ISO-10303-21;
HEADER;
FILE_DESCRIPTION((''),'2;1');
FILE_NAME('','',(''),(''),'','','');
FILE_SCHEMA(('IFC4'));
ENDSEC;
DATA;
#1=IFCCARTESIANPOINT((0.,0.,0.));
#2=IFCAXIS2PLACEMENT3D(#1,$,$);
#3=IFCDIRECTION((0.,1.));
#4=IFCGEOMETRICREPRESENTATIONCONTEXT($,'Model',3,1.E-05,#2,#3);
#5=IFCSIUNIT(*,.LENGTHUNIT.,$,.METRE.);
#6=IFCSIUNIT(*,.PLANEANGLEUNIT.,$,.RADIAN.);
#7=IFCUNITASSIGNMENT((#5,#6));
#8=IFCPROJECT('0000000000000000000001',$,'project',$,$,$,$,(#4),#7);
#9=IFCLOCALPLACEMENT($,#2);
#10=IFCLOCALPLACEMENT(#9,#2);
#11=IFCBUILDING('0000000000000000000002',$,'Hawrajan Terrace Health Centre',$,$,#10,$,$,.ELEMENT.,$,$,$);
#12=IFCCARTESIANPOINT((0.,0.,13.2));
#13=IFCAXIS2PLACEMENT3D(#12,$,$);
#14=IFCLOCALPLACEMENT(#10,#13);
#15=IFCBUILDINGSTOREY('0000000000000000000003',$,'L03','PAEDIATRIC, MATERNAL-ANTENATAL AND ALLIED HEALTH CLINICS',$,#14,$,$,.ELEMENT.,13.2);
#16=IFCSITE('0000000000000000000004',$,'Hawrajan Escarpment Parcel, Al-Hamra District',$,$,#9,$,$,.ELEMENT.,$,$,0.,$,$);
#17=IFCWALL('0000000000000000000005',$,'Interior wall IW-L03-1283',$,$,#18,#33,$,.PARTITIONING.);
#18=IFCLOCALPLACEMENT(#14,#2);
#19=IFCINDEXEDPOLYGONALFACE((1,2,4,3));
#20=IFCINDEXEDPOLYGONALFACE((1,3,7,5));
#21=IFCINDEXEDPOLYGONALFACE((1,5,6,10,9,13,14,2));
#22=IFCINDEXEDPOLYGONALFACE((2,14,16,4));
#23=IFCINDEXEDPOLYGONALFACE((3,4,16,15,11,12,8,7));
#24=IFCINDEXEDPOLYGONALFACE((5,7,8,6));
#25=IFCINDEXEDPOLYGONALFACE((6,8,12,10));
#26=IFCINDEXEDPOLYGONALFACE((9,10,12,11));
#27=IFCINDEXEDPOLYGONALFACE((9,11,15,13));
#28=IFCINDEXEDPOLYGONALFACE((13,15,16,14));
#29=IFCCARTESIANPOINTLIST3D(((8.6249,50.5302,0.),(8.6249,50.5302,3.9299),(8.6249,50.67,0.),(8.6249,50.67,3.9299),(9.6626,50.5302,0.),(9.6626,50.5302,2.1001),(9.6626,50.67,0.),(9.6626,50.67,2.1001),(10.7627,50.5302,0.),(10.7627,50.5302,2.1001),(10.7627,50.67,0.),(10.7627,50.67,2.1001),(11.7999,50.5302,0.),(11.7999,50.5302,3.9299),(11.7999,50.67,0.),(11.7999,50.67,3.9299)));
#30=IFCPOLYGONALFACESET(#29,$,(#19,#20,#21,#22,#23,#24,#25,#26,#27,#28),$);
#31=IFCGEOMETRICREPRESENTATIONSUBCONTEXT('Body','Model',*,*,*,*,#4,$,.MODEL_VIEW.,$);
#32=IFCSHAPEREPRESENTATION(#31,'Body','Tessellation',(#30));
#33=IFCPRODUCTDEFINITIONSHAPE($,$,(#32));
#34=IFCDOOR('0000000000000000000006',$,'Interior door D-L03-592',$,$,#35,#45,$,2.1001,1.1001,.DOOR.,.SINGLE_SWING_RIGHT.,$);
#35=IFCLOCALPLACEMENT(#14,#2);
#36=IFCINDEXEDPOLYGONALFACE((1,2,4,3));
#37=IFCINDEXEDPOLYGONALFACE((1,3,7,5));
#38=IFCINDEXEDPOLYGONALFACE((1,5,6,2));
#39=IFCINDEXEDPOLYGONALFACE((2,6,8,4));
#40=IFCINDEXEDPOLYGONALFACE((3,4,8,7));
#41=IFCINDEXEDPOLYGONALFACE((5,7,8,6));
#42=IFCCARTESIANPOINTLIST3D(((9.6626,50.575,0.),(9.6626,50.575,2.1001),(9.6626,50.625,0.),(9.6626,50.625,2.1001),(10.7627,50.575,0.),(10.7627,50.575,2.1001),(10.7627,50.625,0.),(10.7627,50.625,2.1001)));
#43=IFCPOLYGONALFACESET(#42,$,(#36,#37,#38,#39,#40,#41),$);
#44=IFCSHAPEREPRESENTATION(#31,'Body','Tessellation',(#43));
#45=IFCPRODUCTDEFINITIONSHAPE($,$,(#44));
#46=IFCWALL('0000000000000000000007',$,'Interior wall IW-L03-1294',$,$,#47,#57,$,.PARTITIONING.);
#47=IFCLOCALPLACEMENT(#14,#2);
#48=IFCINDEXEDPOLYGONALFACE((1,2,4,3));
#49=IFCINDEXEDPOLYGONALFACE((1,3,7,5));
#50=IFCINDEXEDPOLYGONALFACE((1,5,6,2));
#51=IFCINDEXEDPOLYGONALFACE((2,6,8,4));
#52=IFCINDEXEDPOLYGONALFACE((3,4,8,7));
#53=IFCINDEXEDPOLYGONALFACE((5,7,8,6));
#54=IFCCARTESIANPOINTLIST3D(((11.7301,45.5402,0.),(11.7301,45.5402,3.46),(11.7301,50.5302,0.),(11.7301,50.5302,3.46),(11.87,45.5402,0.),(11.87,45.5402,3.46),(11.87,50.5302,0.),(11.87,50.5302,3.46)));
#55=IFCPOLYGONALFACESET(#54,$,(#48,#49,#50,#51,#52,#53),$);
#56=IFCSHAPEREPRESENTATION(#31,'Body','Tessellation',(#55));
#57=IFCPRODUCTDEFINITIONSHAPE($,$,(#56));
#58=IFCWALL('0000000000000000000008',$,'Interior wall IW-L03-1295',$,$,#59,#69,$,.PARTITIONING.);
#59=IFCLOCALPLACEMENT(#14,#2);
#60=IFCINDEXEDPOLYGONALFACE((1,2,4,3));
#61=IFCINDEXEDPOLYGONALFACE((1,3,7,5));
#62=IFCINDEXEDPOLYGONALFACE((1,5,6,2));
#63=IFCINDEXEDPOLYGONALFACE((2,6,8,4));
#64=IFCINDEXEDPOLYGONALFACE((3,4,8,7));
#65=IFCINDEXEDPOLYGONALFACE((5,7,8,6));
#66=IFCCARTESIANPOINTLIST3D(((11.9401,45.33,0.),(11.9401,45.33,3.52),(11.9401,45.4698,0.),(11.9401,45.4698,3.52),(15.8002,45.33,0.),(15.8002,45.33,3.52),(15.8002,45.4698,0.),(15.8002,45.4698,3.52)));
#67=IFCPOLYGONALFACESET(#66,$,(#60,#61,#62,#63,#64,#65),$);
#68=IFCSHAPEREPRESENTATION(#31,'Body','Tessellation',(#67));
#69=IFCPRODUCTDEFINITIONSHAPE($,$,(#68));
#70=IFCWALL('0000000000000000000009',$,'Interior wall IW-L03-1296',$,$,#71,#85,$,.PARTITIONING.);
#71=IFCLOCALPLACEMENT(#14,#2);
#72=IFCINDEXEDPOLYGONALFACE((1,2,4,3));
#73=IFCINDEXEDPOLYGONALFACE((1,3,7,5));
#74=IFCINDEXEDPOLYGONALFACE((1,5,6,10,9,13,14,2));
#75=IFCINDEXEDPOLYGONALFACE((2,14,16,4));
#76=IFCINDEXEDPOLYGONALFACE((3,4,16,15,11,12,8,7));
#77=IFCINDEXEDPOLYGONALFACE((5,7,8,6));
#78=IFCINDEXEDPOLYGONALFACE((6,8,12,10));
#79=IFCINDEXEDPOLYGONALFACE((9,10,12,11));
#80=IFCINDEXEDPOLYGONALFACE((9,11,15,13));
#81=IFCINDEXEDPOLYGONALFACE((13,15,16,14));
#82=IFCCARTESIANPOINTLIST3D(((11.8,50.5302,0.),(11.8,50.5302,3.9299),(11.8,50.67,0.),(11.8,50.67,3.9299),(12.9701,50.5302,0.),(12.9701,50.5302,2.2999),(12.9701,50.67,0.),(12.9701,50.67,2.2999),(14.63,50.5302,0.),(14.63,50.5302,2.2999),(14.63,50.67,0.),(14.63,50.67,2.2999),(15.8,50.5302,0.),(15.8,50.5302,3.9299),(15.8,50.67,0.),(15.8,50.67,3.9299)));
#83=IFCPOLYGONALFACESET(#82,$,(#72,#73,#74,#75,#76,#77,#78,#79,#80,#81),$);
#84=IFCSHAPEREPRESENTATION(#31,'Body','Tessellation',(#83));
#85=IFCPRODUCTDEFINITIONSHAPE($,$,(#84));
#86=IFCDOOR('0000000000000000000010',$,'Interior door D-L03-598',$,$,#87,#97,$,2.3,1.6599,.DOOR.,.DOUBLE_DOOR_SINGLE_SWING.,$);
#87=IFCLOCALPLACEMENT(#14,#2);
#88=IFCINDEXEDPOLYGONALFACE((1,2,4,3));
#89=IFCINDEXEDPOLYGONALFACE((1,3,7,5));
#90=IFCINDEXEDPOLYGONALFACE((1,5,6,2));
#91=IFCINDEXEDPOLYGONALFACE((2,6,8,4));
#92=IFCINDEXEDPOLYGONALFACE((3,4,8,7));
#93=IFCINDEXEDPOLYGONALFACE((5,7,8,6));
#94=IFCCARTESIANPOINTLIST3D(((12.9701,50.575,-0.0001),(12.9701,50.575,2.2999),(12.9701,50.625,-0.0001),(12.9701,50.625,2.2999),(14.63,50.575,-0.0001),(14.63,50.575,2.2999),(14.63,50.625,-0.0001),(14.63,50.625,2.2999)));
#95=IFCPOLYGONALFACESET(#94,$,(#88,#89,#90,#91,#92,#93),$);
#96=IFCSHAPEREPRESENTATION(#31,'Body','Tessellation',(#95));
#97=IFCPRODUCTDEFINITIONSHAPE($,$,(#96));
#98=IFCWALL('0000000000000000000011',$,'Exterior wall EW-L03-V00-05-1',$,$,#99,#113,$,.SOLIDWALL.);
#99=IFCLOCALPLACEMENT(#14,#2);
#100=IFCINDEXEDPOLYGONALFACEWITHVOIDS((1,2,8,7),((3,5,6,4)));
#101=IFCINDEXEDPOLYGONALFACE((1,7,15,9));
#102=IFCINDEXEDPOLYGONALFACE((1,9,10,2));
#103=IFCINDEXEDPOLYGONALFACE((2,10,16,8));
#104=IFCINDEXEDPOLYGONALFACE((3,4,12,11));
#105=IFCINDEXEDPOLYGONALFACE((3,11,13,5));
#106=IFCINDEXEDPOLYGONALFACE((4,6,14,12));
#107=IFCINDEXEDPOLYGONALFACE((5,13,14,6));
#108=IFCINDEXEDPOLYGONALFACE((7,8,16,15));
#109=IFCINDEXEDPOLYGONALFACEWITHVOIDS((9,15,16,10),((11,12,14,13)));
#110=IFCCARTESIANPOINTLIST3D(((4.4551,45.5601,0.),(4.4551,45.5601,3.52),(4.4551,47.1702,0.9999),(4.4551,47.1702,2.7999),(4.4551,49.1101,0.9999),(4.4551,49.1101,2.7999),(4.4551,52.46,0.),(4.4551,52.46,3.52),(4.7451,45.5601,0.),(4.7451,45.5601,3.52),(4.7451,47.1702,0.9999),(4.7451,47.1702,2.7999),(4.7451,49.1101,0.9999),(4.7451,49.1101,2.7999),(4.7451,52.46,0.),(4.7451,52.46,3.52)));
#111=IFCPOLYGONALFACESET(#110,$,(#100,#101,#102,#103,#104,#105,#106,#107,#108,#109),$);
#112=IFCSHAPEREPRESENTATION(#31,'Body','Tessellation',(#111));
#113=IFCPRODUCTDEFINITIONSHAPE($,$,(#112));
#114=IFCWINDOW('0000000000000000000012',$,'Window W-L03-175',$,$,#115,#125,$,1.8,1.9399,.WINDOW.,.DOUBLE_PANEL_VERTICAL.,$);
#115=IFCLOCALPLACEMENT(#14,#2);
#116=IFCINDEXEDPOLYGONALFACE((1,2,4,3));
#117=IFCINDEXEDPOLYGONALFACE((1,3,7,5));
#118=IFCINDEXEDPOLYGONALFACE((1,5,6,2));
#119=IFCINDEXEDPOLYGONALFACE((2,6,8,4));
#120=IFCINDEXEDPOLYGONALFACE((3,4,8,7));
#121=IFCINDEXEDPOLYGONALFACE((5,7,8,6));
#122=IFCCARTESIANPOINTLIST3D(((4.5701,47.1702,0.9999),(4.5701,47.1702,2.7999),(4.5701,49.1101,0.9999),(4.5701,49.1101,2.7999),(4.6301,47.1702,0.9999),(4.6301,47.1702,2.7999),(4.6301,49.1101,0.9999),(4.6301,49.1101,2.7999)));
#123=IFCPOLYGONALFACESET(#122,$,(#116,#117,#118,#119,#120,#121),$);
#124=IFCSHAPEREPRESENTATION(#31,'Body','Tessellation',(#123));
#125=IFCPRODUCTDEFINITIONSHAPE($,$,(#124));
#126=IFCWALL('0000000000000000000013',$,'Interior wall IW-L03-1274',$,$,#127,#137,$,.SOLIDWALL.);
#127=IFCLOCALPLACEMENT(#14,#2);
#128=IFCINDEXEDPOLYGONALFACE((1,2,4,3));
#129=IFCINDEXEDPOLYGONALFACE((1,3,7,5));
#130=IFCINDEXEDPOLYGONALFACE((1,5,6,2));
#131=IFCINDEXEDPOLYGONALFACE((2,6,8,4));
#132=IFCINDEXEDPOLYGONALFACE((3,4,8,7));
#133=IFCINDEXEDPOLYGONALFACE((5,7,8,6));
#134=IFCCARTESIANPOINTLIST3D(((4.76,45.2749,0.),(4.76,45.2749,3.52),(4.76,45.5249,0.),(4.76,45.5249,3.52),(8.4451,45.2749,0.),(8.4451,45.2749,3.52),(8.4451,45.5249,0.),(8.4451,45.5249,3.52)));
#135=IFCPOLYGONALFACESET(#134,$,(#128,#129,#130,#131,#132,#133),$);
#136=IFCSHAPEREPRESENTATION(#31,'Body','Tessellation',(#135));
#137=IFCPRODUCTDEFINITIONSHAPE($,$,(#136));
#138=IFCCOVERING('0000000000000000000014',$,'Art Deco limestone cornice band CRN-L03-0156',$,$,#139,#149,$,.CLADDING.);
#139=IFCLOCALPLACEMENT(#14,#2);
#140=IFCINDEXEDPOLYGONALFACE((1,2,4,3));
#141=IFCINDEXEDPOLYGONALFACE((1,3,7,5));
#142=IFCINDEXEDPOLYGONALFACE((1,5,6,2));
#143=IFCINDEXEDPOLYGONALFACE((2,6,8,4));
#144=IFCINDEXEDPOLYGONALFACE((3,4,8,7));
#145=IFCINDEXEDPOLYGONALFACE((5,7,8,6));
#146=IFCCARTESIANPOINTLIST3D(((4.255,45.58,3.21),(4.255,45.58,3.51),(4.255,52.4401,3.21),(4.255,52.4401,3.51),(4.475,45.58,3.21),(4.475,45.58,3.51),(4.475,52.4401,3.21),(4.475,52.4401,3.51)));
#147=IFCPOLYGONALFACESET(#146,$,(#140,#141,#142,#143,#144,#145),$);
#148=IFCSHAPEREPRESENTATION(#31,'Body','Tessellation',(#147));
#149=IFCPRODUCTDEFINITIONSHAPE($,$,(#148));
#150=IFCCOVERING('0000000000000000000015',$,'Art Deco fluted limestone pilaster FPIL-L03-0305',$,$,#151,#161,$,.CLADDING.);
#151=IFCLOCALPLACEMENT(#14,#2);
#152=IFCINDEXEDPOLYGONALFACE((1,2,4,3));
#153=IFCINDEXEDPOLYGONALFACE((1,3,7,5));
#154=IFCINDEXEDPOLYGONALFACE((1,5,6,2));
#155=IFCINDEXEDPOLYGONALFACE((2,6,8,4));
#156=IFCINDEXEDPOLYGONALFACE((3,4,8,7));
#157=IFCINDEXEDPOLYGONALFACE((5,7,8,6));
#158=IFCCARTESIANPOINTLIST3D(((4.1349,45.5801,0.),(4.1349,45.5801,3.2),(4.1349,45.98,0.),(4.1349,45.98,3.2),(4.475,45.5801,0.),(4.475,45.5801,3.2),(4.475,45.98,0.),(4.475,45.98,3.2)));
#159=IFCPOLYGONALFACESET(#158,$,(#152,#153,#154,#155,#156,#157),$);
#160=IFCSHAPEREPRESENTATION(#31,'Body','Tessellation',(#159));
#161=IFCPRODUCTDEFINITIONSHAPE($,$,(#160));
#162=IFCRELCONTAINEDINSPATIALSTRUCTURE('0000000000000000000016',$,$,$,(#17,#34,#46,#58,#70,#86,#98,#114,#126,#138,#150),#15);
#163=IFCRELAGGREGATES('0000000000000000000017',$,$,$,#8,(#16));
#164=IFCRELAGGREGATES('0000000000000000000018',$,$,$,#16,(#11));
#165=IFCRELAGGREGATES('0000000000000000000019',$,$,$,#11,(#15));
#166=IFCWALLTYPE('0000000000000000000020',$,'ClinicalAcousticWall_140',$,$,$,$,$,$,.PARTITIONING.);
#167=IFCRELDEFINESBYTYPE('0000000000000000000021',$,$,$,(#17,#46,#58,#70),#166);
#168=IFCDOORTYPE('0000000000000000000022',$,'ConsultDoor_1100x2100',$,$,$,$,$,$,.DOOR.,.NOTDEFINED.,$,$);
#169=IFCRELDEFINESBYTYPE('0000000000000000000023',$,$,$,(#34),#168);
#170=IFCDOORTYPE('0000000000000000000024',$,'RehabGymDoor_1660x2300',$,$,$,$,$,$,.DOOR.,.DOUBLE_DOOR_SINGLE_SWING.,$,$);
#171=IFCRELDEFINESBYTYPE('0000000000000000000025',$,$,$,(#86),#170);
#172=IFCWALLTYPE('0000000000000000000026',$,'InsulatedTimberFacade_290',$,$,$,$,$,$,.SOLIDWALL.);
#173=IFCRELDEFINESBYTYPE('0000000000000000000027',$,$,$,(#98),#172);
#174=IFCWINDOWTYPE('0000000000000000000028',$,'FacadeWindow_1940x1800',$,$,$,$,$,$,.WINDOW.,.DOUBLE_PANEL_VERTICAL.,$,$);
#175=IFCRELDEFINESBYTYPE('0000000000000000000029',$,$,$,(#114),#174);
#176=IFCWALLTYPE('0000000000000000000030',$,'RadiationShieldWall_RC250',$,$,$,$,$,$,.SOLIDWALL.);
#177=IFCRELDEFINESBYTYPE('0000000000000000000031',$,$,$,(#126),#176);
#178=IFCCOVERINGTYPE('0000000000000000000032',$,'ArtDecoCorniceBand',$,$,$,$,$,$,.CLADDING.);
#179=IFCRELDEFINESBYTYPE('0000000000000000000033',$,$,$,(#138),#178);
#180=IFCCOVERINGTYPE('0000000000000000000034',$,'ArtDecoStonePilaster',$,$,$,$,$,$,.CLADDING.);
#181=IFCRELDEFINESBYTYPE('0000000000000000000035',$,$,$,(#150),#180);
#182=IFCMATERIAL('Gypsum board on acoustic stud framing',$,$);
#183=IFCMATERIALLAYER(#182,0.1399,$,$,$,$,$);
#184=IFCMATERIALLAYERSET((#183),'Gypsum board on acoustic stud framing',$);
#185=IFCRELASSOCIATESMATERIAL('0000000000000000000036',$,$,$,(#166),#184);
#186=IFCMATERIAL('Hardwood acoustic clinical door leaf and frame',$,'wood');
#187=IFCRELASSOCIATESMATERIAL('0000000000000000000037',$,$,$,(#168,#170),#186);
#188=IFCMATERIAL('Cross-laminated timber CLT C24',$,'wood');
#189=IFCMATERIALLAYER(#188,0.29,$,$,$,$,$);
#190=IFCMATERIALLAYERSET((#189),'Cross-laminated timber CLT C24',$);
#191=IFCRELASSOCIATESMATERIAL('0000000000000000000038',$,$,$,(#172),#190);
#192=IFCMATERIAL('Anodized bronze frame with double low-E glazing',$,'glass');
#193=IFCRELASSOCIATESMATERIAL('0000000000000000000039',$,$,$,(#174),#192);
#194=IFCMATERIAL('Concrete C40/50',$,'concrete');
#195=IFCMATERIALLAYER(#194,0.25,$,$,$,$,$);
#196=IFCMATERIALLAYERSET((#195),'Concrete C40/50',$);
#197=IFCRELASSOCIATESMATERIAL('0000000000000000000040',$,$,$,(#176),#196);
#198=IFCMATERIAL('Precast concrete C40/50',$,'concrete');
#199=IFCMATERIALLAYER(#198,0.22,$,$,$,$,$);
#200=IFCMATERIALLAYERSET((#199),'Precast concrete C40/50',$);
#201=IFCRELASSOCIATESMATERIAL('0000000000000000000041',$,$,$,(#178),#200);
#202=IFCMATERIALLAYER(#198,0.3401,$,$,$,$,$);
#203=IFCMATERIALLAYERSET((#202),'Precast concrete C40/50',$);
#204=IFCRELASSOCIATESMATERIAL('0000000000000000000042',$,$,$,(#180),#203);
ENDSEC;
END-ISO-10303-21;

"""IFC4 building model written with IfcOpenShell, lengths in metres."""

from ifc_helpers import new_model, si_unit, direction, frame, frame_2d, origin, origin_2d, place, context, subcontext, project, spatial, rectangle, extrude, material, layer, layer_set, type_object, element, fill, save


model = new_model("IFC4")

# Units and contexts
model_context = context("Model", 3, precision=1e-05, world=origin(), true_north=direction((0.0, 1.0)))
body_context = subcontext(model_context, "Body", "Model", "MODEL_VIEW")
ifc_project = project(units=[si_unit("LENGTHUNIT", "METRE"), si_unit("PLANEANGLEUNIT", "RADIAN")], contexts=[model_context])

# Site, building, storey
site_placement = place(None, origin())
site = spatial("IfcSite", under=ifc_project, at=site_placement, Name="Hawrajan Escarpment Parcel, Al-Hamra District", CompositionType="ELEMENT", RefElevation=0.0)
building_placement = place(site_placement, origin())
building = spatial("IfcBuilding", under=site, at=building_placement, Name="Hawrajan Terrace Health Centre", CompositionType="ELEMENT")
storey_placement = place(building_placement, frame((0.0, 0.0, 13.2)))
storey = spatial("IfcBuildingStorey", under=building, at=storey_placement, Name="L03", Description="PAEDIATRIC, MATERNAL-ANTENATAL AND ALLIED HEALTH CLINICS", CompositionType="ELEMENT", Elevation=13.2)

# Shared definitions
ifc_material_1 = material(Name="Gypsum board on acoustic stud framing")
ifc_layer_1 = layer(ifc_material_1, 0.1399)
ifc_layer_set_1 = layer_set([ifc_layer_1], Name="Gypsum board on acoustic stud framing")
wall_type_1 = type_object("IfcWallType", Name="ClinicalAcousticWall_140", PredefinedType="PARTITIONING", material=ifc_layer_set_1)
ifc_material_2 = material(Name="Hardwood acoustic clinical door leaf and frame", Category="wood")

# Wall, opening, door
wall_1_placement = place(storey_placement, frame((8.625, 50.6001, 0.0), z_axis=(0.0, 0.0, 1.0), x_axis=(1.0, 0.0, 0.0)))
wall_1 = element("IfcWall", 1, at=wall_1_placement, inside=storey, type_object=wall_type_1, Name="Interior wall IW-L03-1283", PredefinedType="PARTITIONING", context=body_context, shape_type="SweptSolid", body=[
    extrude(rectangle(XDim=3.175, YDim=0.1399, at=frame_2d((1.5874, 0.0))), origin(), (0.0, 0.0, 1.0), 3.9299),
])
opening_1_placement = place(wall_1_placement, frame((1.0376, 0.0, 0.0)))
opening_1 = element("IfcOpeningElement", 2, at=opening_1_placement, cuts=wall_1, PredefinedType="OPENING", context=body_context, shape_type="SweptSolid", body=[
    extrude(rectangle(XDim=1.1001, YDim=2.1001, at=frame_2d((0.55, 1.05))), frame((0.0, 0.0798, 0.0), z_axis=(0.0, -1.0, 0.0), x_axis=(1.0, 0.0, 0.0)), (0.0, 0.0, 1.0), 0.1599),
])
door_type_1 = type_object("IfcDoorType", Name="ConsultDoor_1100x2100", OperationType="NOTDEFINED", PredefinedType="DOOR", material=ifc_material_2)
door_1_placement = place(opening_1_placement, origin())
door_1 = element("IfcDoor", 3, at=door_1_placement, inside=storey, type_object=door_type_1, Name="Interior door D-L03-592", OperationType="SINGLE_SWING_RIGHT", OverallHeight=2.1001, OverallWidth=1.1001, PredefinedType="DOOR", context=body_context, shape_type="SweptSolid", body=[
    extrude(rectangle(XDim=1.1001, YDim=2.1001, at=frame_2d((0.55, 1.05))), frame((0.0, 0.0249, 0.0), z_axis=(0.0, -1.0, 0.0), x_axis=(1.0, 0.0, 0.0)), (0.0, 0.0, 1.0), 0.05),
])
fill(opening_1, door_1)

# Walls
wall_2_placement = place(storey_placement, frame((11.8, 45.54, 0.0), z_axis=(0.0, 0.0, 1.0), x_axis=(0.0, 1.0, 0.0)))
element("IfcWall", 4, at=wall_2_placement, inside=storey, type_object=wall_type_1, Name="Interior wall IW-L03-1294", PredefinedType="PARTITIONING", context=body_context, shape_type="SweptSolid", body=[
    extrude(rectangle(XDim=4.99, YDim=0.1399, at=frame_2d((2.4951, 0.0))), origin(), (0.0, 0.0, 1.0), 3.46),
])
wall_3_placement = place(storey_placement, frame((11.9399, 45.3999, 0.0), z_axis=(0.0, 0.0, 1.0), x_axis=(1.0, 0.0, 0.0)))
element("IfcWall", 5, at=wall_3_placement, inside=storey, type_object=wall_type_1, Name="Interior wall IW-L03-1295", PredefinedType="PARTITIONING", context=body_context, shape_type="SweptSolid", body=[
    extrude(rectangle(XDim=3.8601, YDim=0.1399, at=frame_2d((1.9302, 0.0))), origin(), (0.0, 0.0, 1.0), 3.52),
])

# Wall, opening, door
wall_4_placement = place(storey_placement, frame((11.8, 50.6001, 0.0), z_axis=(0.0, 0.0, 1.0), x_axis=(1.0, 0.0, 0.0)))
wall_4 = element("IfcWall", 6, at=wall_4_placement, inside=storey, type_object=wall_type_1, Name="Interior wall IW-L03-1296", PredefinedType="PARTITIONING", context=body_context, shape_type="SweptSolid", body=[
    extrude(rectangle(XDim=4.0, YDim=0.1399, at=frame_2d((2.0, 0.0))), origin(), (0.0, 0.0, 1.0), 3.9299),
])
opening_2_placement = place(wall_4_placement, frame((1.1699, 0.0, 0.0)))
opening_2 = element("IfcOpeningElement", 7, at=opening_2_placement, cuts=wall_4, PredefinedType="OPENING", context=body_context, shape_type="SweptSolid", body=[
    extrude(rectangle(XDim=1.6599, YDim=2.3, at=frame_2d((0.8301, 1.1499))), frame((0.0, 0.0798, 0.0), z_axis=(0.0, -1.0, 0.0), x_axis=(1.0, 0.0, 0.0)), (0.0, 0.0, 1.0), 0.1599),
])
door_type_2 = type_object("IfcDoorType", Name="RehabGymDoor_1660x2300", OperationType="DOUBLE_DOOR_SINGLE_SWING", PredefinedType="DOOR", material=ifc_material_2)
door_2_placement = place(opening_2_placement, origin())
door_2 = element("IfcDoor", 8, at=door_2_placement, inside=storey, type_object=door_type_2, Name="Interior door D-L03-598", OperationType="DOUBLE_DOOR_SINGLE_SWING", OverallHeight=2.3, OverallWidth=1.6599, PredefinedType="DOOR", context=body_context, shape_type="SweptSolid", body=[
    extrude(rectangle(XDim=1.6599, YDim=2.3, at=frame_2d((0.8301, 1.1499))), frame((0.0, 0.0249, 0.0), z_axis=(0.0, -1.0, 0.0), x_axis=(1.0, 0.0, 0.0)), (0.0, 0.0, 1.0), 0.05),
])
fill(opening_2, door_2)

# Wall, opening, window
ifc_material_3 = material(Name="Cross-laminated timber CLT C24", Category="wood")
ifc_layer_2 = layer(ifc_material_3, 0.29)
ifc_layer_set_2 = layer_set([ifc_layer_2], Name="Cross-laminated timber CLT C24")
wall_type_2 = type_object("IfcWallType", Name="InsulatedTimberFacade_290", PredefinedType="SOLIDWALL", material=ifc_layer_set_2)
wall_5_placement = place(storey_placement, frame((4.6001, 45.5601, 0.0), z_axis=(0.0, 0.0, 1.0), x_axis=(0.0, 1.0, 0.0)))
wall_5 = element("IfcWall", 9, at=wall_5_placement, inside=storey, type_object=wall_type_2, Name="Exterior wall EW-L03-V00-05-1", PredefinedType="SOLIDWALL", context=body_context, shape_type="SweptSolid", body=[
    extrude(rectangle(XDim=6.8999, YDim=0.29, at=frame_2d((3.45, 0.0))), origin(), (0.0, 0.0, 1.0), 3.52),
])
opening_3_placement = place(wall_5_placement, frame((1.6101, 0.0, 1.0)))
opening_3 = element("IfcOpeningElement", 10, at=opening_3_placement, cuts=wall_5, PredefinedType="OPENING", context=body_context, shape_type="SweptSolid", body=[
    extrude(rectangle(XDim=1.9399, YDim=1.8, at=frame_2d((0.97, 0.8999))), frame((0.0, 0.155, 0.0), z_axis=(0.0, -1.0, 0.0), x_axis=(1.0, 0.0, 0.0)), (0.0, 0.0, 1.0), 0.3101),
])
ifc_material_4 = material(Name="Anodized bronze frame with double low-E glazing", Category="glass")
window_type = type_object("IfcWindowType", Name="FacadeWindow_1940x1800", PartitioningType="DOUBLE_PANEL_VERTICAL", PredefinedType="WINDOW", material=ifc_material_4)
window_placement = place(opening_3_placement, origin())
window = element("IfcWindow", 11, at=window_placement, inside=storey, type_object=window_type, Name="Window W-L03-175", OverallHeight=1.8, OverallWidth=1.9399, PartitioningType="DOUBLE_PANEL_VERTICAL", PredefinedType="WINDOW", context=body_context, shape_type="SweptSolid", body=[
    extrude(rectangle(XDim=1.9399, YDim=1.8, at=frame_2d((0.97, 0.8999))), frame((0.0, 0.03, 0.0), z_axis=(0.0, -1.0, 0.0), x_axis=(1.0, 0.0, 0.0)), (0.0, 0.0, 1.0), 0.0601),
])
fill(opening_3, window)

# Wall
ifc_material_5 = material(Name="Concrete C40/50", Category="concrete")
ifc_layer_3 = layer(ifc_material_5, 0.25)
ifc_layer_set_3 = layer_set([ifc_layer_3], Name="Concrete C40/50")
wall_type_3 = type_object("IfcWallType", Name="RadiationShieldWall_RC250", PredefinedType="SOLIDWALL", material=ifc_layer_set_3)
wall_6_placement = place(storey_placement, frame((4.76, 45.3999, 0.0), z_axis=(0.0, 0.0, 1.0), x_axis=(1.0, 0.0, 0.0)))
element("IfcWall", 12, at=wall_6_placement, inside=storey, type_object=wall_type_3, Name="Interior wall IW-L03-1274", PredefinedType="SOLIDWALL", context=body_context, shape_type="SweptSolid", body=[
    extrude(rectangle(XDim=3.6851, YDim=0.25, at=frame_2d((1.8425, 0.0))), origin(), (0.0, 0.0, 1.0), 3.52),
])

# Coverings
ifc_material_6 = material(Name="Precast concrete C40/50", Category="concrete")
ifc_layer_4 = layer(ifc_material_6, 0.22)
ifc_layer_set_4 = layer_set([ifc_layer_4], Name="Precast concrete C40/50")
covering_type_1 = type_object("IfcCoveringType", Name="ArtDecoCorniceBand", PredefinedType="CLADDING", material=ifc_layer_set_4)
covering_1_placement = place(storey_placement, frame((4.365, 49.01, 3.21), z_axis=(0.0, 0.0, 1.0), x_axis=(0.0, 1.0, 0.0)))
element("IfcCovering", 13, at=covering_1_placement, inside=storey, type_object=covering_type_1, Name="Art Deco limestone cornice band CRN-L03-0156", PredefinedType="CLADDING", context=body_context, shape_type="SweptSolid", body=[
    extrude(rectangle(XDim=6.8601, YDim=0.22, at=origin_2d()), origin(), (0.0, 0.0, 1.0), 0.3),
])
ifc_layer_5 = layer(ifc_material_6, 0.3401)
ifc_layer_set_5 = layer_set([ifc_layer_5], Name="Precast concrete C40/50")
covering_type_2 = type_object("IfcCoveringType", Name="ArtDecoStonePilaster", PredefinedType="CLADDING", material=ifc_layer_set_5)
covering_2_placement = place(storey_placement, frame((4.3049, 45.78, 0.0), z_axis=(0.0, 0.0, 1.0), x_axis=(0.0, 1.0, 0.0)))
element("IfcCovering", 14, at=covering_2_placement, inside=storey, type_object=covering_type_2, Name="Art Deco fluted limestone pilaster FPIL-L03-0305", PredefinedType="CLADDING", context=body_context, shape_type="SweptSolid", body=[
    extrude(rectangle(XDim=0.3999, YDim=0.3401, at=origin_2d()), origin(), (0.0, 0.0, 1.0), 3.2),
])

save(model, "model.ifc")
